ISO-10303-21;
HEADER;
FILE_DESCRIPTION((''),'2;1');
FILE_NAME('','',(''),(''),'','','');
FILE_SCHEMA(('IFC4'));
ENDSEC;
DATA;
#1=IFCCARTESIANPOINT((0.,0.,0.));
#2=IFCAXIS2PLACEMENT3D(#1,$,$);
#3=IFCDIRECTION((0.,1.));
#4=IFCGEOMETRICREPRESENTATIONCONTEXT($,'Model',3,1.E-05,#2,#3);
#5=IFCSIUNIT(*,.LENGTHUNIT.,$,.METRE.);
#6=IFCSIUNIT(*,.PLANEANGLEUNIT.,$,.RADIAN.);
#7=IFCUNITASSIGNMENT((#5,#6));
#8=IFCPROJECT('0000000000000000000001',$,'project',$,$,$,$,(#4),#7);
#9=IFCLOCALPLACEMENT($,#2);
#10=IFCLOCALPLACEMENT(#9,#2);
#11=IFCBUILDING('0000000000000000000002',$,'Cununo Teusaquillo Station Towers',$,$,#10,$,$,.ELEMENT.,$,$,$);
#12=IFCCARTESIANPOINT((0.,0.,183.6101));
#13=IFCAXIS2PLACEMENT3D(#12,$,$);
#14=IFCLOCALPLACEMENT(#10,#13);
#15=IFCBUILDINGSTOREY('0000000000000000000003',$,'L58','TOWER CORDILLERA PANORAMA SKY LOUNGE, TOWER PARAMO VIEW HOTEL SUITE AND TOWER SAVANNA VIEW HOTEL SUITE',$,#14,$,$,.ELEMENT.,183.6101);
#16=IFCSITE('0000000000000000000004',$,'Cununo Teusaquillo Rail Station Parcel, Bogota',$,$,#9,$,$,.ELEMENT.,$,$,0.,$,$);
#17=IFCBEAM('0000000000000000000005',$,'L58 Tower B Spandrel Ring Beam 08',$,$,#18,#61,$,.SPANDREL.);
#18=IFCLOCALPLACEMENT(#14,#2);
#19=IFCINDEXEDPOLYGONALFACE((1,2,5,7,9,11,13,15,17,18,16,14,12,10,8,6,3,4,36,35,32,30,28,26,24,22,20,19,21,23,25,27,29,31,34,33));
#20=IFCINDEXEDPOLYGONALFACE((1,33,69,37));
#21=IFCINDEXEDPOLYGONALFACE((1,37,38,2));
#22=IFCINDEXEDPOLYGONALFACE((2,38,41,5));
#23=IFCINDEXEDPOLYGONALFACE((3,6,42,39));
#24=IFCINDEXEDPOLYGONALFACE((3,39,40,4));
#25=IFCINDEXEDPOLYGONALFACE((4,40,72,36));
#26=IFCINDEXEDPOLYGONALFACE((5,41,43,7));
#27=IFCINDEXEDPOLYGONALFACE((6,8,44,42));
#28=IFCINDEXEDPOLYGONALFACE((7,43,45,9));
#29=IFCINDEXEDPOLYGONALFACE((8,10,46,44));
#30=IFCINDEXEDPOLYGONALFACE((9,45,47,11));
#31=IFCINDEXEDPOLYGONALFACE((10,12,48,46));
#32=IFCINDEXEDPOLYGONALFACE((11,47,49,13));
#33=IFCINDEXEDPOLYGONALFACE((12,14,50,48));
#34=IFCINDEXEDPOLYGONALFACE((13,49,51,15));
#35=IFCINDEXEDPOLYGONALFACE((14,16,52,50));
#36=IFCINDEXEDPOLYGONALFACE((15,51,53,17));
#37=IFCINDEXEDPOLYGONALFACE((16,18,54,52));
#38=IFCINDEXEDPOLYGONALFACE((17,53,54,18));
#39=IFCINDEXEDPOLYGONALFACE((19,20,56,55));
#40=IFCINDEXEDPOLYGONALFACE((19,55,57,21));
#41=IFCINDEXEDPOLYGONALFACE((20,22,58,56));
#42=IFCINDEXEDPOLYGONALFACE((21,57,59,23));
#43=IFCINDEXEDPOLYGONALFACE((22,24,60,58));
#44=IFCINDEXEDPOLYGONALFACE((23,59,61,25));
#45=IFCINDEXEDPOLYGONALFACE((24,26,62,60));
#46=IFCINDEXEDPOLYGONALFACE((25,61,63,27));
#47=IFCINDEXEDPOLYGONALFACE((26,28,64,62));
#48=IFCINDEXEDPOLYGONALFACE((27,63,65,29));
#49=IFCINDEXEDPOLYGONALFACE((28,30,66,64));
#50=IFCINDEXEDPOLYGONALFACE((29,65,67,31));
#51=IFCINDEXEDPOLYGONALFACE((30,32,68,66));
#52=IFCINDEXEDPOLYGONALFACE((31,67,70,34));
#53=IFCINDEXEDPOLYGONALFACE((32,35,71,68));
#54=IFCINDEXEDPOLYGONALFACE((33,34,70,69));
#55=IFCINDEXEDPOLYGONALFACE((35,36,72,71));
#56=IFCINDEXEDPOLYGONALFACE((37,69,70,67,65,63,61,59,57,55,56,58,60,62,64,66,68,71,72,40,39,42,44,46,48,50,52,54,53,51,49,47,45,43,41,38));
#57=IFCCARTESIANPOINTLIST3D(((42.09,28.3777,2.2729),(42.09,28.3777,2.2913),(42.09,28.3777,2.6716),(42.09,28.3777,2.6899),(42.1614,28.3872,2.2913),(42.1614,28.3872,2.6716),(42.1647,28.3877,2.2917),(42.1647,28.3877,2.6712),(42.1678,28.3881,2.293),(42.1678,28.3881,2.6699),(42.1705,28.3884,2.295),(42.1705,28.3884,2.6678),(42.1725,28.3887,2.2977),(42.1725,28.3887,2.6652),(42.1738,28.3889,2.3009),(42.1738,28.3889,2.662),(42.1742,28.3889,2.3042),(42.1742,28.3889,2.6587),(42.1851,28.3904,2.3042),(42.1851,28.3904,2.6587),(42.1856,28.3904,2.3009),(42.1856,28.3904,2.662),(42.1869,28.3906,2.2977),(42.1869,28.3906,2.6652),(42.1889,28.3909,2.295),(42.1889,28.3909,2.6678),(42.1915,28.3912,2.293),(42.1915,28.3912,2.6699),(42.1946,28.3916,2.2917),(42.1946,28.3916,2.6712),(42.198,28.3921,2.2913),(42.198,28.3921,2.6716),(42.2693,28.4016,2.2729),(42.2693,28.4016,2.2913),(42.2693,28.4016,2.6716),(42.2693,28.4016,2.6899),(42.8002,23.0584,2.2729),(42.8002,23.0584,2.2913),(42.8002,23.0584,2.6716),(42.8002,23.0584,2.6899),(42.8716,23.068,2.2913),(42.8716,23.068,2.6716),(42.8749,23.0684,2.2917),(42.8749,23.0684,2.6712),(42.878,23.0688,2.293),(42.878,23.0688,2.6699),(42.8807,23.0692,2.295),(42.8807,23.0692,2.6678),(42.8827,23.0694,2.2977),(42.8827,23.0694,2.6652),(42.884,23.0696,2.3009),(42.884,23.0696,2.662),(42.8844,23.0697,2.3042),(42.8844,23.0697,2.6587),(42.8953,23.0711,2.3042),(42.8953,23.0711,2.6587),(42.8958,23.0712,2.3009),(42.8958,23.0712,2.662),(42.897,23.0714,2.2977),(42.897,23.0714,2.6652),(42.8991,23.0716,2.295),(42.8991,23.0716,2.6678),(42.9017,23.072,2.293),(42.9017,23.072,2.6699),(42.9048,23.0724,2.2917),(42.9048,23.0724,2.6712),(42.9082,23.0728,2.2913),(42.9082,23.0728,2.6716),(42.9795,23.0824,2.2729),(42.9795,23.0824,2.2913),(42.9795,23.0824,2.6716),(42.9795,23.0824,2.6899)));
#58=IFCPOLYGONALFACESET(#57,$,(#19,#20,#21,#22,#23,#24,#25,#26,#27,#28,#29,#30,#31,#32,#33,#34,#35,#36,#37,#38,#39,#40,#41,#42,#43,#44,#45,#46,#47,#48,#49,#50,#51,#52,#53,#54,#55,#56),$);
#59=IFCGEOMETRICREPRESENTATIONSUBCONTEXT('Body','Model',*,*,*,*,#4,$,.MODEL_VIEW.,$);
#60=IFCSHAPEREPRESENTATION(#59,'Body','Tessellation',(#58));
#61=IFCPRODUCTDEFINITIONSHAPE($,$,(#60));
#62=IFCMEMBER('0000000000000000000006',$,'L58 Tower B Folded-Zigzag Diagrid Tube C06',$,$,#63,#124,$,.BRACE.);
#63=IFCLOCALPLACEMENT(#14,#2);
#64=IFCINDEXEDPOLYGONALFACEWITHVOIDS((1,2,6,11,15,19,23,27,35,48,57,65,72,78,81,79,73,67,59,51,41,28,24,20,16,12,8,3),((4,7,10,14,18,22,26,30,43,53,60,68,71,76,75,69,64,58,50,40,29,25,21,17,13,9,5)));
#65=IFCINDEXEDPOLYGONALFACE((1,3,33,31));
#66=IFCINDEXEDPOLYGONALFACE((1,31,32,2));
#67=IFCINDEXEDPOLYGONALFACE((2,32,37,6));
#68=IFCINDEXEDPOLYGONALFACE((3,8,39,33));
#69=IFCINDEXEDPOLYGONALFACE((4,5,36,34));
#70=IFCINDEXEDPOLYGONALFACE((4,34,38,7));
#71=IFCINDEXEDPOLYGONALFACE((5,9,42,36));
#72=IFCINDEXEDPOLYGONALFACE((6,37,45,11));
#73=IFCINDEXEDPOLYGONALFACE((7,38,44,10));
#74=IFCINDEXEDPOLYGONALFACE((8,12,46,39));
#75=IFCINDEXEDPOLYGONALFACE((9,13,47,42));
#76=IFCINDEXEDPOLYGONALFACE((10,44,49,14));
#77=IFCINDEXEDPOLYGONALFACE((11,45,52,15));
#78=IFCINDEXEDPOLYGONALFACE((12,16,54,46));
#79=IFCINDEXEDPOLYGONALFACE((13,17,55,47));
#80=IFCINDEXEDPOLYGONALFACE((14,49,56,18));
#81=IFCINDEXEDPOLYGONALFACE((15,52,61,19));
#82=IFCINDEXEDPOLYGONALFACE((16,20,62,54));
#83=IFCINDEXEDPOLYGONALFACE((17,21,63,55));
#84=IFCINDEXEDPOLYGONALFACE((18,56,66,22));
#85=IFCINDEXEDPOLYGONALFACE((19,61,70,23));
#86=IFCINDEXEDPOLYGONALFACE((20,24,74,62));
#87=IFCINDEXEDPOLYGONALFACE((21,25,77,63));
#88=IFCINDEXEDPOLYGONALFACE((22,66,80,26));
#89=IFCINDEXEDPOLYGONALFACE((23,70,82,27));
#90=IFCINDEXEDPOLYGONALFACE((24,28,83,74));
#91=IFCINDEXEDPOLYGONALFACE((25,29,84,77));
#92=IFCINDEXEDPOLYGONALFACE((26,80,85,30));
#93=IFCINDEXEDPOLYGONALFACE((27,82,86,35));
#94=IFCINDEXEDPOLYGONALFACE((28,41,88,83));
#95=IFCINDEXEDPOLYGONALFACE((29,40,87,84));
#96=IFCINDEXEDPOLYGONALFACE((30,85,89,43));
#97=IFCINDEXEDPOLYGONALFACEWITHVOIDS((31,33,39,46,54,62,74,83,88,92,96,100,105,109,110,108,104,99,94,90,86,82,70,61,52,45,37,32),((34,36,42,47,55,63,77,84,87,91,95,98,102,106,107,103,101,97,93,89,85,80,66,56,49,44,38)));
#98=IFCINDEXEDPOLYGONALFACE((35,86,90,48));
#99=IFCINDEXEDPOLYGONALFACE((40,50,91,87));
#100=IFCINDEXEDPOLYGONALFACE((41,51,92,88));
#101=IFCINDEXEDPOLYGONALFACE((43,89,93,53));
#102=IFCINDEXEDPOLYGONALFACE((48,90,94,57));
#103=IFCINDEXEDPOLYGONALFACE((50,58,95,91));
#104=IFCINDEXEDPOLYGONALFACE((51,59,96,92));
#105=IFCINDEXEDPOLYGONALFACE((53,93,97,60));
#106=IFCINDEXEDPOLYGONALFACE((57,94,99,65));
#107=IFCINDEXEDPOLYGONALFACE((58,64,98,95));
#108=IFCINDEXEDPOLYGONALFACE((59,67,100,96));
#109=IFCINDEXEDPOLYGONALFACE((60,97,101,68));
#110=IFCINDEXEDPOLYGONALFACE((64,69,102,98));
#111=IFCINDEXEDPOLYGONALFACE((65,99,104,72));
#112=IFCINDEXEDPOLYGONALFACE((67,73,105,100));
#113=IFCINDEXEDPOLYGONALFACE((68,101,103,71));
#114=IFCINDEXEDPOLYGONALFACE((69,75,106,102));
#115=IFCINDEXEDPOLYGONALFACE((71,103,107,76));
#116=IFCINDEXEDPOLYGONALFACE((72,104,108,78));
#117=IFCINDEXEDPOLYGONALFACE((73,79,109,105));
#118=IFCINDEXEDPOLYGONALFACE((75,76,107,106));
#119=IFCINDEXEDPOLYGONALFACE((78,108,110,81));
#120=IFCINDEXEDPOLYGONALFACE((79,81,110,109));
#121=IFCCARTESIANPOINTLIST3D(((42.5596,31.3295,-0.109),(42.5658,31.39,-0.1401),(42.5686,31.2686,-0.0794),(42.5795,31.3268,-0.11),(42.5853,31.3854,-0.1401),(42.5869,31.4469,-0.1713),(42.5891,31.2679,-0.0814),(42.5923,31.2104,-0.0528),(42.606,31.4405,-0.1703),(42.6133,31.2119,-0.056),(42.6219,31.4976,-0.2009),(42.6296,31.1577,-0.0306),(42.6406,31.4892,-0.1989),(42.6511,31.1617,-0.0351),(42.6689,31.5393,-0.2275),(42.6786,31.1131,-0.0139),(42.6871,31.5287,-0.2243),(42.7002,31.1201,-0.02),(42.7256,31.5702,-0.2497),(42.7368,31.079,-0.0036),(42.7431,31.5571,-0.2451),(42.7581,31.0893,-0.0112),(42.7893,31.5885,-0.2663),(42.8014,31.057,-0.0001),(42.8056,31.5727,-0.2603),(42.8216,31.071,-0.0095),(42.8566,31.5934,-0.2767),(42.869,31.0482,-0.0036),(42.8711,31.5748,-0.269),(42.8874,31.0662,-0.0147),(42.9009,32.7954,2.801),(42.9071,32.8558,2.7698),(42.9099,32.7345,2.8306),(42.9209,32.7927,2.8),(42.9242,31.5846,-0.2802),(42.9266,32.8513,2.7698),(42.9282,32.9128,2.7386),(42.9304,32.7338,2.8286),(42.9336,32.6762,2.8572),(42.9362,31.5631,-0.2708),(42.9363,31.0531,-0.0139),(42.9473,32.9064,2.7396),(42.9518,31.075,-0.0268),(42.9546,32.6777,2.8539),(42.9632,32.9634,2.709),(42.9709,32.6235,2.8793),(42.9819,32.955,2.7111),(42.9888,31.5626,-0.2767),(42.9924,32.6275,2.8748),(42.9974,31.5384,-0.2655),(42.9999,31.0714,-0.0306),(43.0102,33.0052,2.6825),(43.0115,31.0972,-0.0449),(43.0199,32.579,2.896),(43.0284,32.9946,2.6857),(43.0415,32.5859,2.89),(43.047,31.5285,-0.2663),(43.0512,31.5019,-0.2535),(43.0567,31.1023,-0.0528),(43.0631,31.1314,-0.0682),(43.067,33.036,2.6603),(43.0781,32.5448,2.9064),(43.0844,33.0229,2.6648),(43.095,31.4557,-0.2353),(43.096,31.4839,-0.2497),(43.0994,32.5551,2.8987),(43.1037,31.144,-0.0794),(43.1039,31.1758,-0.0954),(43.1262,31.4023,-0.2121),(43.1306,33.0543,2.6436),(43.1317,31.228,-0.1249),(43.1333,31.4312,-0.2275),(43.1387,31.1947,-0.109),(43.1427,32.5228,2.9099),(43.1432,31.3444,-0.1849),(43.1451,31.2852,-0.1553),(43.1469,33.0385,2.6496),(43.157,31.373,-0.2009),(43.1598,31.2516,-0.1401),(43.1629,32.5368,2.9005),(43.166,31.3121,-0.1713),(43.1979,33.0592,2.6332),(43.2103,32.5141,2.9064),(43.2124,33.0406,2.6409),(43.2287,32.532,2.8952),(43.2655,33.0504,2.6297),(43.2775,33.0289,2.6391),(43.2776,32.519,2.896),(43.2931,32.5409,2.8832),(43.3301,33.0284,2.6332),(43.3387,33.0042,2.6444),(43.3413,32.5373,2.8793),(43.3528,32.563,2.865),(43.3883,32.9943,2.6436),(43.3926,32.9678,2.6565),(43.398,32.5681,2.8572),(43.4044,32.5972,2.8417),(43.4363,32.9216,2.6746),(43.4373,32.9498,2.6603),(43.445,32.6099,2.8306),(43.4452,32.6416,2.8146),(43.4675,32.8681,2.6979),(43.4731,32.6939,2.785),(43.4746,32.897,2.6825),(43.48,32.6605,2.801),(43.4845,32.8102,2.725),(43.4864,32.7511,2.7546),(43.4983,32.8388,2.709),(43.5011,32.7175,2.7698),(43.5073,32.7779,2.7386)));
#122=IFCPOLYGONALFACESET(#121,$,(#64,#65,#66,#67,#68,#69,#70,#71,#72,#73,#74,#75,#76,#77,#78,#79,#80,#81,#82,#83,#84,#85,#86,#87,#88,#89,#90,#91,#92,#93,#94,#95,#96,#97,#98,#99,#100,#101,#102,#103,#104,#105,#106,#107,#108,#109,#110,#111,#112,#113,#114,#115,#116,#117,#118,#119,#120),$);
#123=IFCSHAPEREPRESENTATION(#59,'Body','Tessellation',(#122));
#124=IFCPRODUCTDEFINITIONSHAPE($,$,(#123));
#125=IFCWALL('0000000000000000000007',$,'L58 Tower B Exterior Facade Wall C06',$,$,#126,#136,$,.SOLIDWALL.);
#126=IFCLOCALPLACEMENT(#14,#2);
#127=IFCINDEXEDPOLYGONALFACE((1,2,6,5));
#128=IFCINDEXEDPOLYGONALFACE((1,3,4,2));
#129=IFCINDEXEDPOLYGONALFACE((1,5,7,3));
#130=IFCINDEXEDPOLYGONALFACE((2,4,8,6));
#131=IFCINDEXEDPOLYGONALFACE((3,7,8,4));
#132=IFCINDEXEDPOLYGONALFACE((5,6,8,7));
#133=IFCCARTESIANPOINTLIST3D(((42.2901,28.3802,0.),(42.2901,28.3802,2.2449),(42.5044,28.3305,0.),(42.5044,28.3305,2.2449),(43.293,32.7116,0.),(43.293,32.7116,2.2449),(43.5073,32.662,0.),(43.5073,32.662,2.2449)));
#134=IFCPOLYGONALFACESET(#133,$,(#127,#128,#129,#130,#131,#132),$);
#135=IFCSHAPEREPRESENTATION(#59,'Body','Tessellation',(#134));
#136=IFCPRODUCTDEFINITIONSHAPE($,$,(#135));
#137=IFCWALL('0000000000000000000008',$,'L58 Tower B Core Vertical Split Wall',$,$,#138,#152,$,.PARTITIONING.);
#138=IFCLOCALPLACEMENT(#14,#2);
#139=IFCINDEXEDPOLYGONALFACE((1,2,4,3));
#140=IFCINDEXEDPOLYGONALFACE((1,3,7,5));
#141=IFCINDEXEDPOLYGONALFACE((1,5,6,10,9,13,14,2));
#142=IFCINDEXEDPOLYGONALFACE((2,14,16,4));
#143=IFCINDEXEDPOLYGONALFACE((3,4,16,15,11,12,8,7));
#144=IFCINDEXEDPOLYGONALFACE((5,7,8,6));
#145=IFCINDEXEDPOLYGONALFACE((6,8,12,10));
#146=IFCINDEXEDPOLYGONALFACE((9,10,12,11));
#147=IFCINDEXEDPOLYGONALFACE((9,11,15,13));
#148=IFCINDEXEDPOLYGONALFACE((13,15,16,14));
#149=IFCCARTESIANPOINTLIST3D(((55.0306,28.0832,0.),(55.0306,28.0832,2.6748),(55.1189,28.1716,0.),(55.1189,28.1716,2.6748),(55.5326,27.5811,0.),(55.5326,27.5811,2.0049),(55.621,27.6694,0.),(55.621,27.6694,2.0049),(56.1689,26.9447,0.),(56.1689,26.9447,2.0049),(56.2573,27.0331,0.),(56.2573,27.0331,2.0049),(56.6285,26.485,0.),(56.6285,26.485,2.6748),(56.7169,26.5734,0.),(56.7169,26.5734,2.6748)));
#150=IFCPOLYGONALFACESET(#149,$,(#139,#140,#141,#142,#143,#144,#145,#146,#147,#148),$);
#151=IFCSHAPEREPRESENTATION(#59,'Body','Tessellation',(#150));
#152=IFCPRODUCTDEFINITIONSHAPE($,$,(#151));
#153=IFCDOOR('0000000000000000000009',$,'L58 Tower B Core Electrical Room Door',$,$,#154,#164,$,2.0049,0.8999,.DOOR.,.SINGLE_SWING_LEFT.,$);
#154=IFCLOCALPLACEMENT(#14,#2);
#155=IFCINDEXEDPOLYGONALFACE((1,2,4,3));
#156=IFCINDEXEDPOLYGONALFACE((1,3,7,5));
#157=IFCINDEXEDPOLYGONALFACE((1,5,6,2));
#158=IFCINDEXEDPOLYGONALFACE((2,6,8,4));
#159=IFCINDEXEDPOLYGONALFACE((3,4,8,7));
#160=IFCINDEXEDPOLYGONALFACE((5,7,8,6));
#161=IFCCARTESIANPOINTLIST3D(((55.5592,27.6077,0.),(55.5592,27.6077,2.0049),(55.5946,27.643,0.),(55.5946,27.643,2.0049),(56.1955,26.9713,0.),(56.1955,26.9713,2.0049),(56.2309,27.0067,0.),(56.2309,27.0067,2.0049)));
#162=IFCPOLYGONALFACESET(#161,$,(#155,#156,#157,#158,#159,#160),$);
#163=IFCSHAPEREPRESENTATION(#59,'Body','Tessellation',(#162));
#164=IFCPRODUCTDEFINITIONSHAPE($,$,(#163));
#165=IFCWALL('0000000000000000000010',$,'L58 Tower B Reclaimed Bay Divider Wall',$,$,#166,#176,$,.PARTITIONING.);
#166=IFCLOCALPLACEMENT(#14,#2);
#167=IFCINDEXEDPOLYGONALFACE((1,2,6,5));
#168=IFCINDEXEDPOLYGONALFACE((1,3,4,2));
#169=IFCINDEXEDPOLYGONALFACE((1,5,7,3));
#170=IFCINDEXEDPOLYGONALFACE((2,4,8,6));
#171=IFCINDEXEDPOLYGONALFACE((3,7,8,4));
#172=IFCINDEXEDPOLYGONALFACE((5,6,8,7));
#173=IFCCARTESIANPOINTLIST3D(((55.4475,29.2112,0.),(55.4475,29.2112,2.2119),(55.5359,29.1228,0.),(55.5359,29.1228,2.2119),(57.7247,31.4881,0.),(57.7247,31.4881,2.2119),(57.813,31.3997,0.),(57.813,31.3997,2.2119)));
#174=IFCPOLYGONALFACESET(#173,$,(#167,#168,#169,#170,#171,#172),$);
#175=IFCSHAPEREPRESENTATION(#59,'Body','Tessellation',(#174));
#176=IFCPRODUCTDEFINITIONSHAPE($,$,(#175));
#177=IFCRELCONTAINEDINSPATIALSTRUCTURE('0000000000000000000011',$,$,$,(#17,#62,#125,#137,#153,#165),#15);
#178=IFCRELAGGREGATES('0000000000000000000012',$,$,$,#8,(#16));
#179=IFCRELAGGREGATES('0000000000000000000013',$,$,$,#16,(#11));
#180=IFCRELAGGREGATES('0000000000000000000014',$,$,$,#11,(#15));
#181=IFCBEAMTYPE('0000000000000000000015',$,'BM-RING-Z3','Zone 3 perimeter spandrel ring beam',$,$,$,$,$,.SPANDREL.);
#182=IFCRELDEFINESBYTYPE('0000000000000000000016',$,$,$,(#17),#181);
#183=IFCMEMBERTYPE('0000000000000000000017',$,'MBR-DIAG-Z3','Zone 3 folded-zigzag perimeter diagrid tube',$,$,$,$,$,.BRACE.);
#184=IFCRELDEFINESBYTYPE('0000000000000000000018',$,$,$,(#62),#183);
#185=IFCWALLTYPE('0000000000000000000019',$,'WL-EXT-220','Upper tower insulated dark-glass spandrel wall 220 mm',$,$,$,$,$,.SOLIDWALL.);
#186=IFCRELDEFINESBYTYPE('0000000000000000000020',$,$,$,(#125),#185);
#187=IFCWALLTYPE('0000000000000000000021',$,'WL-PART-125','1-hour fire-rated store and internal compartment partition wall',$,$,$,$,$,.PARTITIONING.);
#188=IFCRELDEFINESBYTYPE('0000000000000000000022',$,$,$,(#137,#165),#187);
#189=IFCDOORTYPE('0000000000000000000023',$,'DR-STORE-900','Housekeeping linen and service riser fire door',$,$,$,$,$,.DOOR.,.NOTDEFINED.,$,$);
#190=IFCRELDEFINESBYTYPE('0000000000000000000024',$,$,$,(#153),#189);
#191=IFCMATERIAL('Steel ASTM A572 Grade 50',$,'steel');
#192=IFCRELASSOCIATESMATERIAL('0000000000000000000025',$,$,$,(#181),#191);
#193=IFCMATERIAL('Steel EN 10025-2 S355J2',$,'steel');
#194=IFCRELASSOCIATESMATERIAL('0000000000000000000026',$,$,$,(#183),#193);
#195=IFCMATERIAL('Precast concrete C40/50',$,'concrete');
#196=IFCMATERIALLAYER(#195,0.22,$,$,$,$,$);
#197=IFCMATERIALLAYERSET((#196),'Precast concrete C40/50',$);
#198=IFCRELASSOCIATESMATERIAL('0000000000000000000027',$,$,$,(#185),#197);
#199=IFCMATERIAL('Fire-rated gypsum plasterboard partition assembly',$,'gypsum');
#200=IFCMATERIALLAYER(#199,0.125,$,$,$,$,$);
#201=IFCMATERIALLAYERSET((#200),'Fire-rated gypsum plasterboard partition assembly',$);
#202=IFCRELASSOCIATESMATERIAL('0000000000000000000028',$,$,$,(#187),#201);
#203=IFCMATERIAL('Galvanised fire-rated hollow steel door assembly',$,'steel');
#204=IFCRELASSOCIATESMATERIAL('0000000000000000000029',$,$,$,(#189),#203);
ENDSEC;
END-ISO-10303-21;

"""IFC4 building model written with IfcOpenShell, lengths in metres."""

from ifc_helpers import new_model, si_unit, direction, frame, frame_2d, origin, origin_2d, place, context, subcontext, project, spatial, rectangle, hollow_circle, i_section, extrude, source, transform, mapped, material, layer, layer_set, material_profile, profile_set, type_object, element, fill, save


model = new_model("IFC4")

# Units and contexts
model_context = context("Model", 3, precision=1e-05, world=origin(), true_north=direction((0.0, 1.0)))
body_context = subcontext(model_context, "Body", "Model", "MODEL_VIEW")
ifc_project = project(units=[si_unit("LENGTHUNIT", "METRE"), si_unit("PLANEANGLEUNIT", "RADIAN")], contexts=[model_context])

# Site, building, storey
site_placement = place(None, origin())
site = spatial("IfcSite", under=ifc_project, at=site_placement, Name="Cununo Teusaquillo Rail Station Parcel, Bogota", CompositionType="ELEMENT", RefElevation=0.0)
building_placement = place(site_placement, origin())
building = spatial("IfcBuilding", under=site, at=building_placement, Name="Cununo Teusaquillo Station Towers", CompositionType="ELEMENT")
storey_placement = place(building_placement, frame((0.0, 0.0, 183.6101)))
storey = spatial("IfcBuildingStorey", under=building, at=storey_placement, Name="L58", Description="TOWER CORDILLERA PANORAMA SKY LOUNGE, TOWER PARAMO VIEW HOTEL SUITE AND TOWER SAVANNA VIEW HOTEL SUITE", CompositionType="ELEMENT", Elevation=183.6101)

# Beam
ifc_material_1 = material(Name="Steel ASTM A572 Grade 50", Category="steel")
ifc_material_profile_1 = material_profile(ifc_material_1, i_section(OverallWidth=0.1809, OverallDepth=0.417, WebThickness=0.011, FlangeThickness=0.0183, FilletRadius=0.0129, at=origin_2d()), Name="W16X57")
ifc_profile_set_1 = profile_set([ifc_material_profile_1], Name="Steel ASTM A572 Grade 50")
beam_type_1 = type_object("IfcBeamType", Name="BM-RING-Z3", Description="Zone 3 perimeter spandrel ring beam", PredefinedType="SPANDREL", material=ifc_profile_set_1)
beam_1_placement = place(storey_placement, frame((42.1797, 28.3896, 2.4814), z_axis=(0.13234, -0.991204, 0.0), x_axis=(0.991204, 0.13234, 0.0)))
element("IfcBeam", 1, at=beam_1_placement, inside=storey, type_object=beam_type_1, Name="L58 Tower B Spandrel Ring Beam 08", PredefinedType="SPANDREL", context=body_context, shape_type="SweptSolid", body=[
    extrude(i_section(OverallWidth=0.1809, OverallDepth=0.417, WebThickness=0.011, FlangeThickness=0.0183, FilletRadius=0.0129, at=origin_2d()), origin(), (0.0, 0.0, 1.0), 5.3665),
])

# Member
ifc_material_2 = material(Name="Steel EN 10025-2 S355J2", Category="steel")
ifc_material_profile_2 = material_profile(ifc_material_2, hollow_circle(Radius=0.3049, WallThickness=0.02, at=origin_2d()), Name="CHS 610x20")
ifc_profile_set_2 = profile_set([ifc_material_profile_2], Name="Steel EN 10025-2 S355J2")
member_type = type_object("IfcMemberType", Name="MBR-DIAG-Z3", Description="Zone 3 folded-zigzag perimeter diagrid tube", PredefinedType="BRACE", material=ifc_profile_set_2)
member_placement = place(storey_placement, frame((42.8628, 31.3208, -0.1401), z_axis=(0.104182, 0.447431, 0.888229), x_axis=(-0.973946, 0.226778, 0.0)))
element("IfcMember", 2, at=member_placement, inside=storey, type_object=member_type, Name="L58 Tower B Folded-Zigzag Diagrid Tube C06", PredefinedType="BRACE", context=body_context, shape_type="SweptSolid", body=[
    extrude(hollow_circle(Radius=0.3049, WallThickness=0.02, at=origin_2d()), origin(), (0.0, 0.0, 1.0), 3.2761),
])

# Wall
ifc_material_3 = material(Name="Precast concrete C40/50", Category="concrete")
ifc_layer_1 = layer(ifc_material_3, 0.22)
ifc_layer_set_1 = layer_set([ifc_layer_1], Name="Precast concrete C40/50")
wall_type_1 = type_object("IfcWallType", Name="WL-EXT-220", Description="Upper tower insulated dark-glass spandrel wall 220 mm", PredefinedType="SOLIDWALL", material=ifc_layer_set_1)
wall_1_placement = place(storey_placement, frame((42.3972, 28.3552, 0.0), z_axis=(0.0, 0.0, 1.0), x_axis=(0.225573, 0.974226, 0.0)))
element("IfcWall", 3, at=wall_1_placement, inside=storey, type_object=wall_type_1, Name="L58 Tower B Exterior Facade Wall C06", PredefinedType="SOLIDWALL", context=body_context, shape_type="SweptSolid", body=[
    extrude(rectangle(XDim=4.446, YDim=0.22, at=frame_2d((2.2231, 0.0))), origin(), (0.0, 0.0, 1.0), 2.2449),
])

# Wall, opening, door
ifc_material_4 = material(Name="Fire-rated gypsum plasterboard partition assembly", Category="gypsum")
ifc_layer_2 = layer(ifc_material_4, 0.125)
ifc_layer_set_2 = layer_set([ifc_layer_2], Name="Fire-rated gypsum plasterboard partition assembly")
wall_type_2 = type_object("IfcWallType", Name="WL-PART-125", Description="1-hour fire-rated store and internal compartment partition wall", PredefinedType="PARTITIONING", material=ifc_layer_set_2)
wall_2_placement = place(storey_placement, frame((56.6726, 26.5293, 0.0), z_axis=(0.0, 0.0, 1.0), x_axis=(-0.707053, 0.707161, 0.0)))
wall_2 = element("IfcWall", 4, at=wall_2_placement, inside=storey, type_object=wall_type_2, Name="L58 Tower B Core Vertical Split Wall", PredefinedType="PARTITIONING", context=body_context, shape_type="SweptSolid", body=[
    extrude(rectangle(XDim=2.26, YDim=0.125, at=frame_2d((1.1299, 0.0))), origin(), (0.0, 0.0, 1.0), 2.6748),
])
shared_shape_1 = source(origin(), body_context, "Body", "SweptSolid", [
    extrude(rectangle(XDim=0.8999, YDim=2.0049, at=frame_2d((0.45, 1.0024))), frame((0.0, 0.0725, 0.0), z_axis=(0.0, -1.0, 0.0), x_axis=(1.0, 0.0, 0.0)), (0.0, 0.0, 1.0), 0.145),
])
opening_1_placement = place(wall_2_placement, frame((0.6499, 0.0, 0.0)))
opening_1 = element("IfcOpeningElement", 5, at=opening_1_placement, cuts=wall_2, PredefinedType="OPENING", context=body_context, shape_type="MappedRepresentation", body=[
    mapped(shared_shape_1, transform((0.0, 0.0, 0.0), x_axis=(1.0, 0.0, 0.0), y_axis=(0.0, 1.0, 0.0), z_axis=(0.0, 0.0, 1.0), scale=1.0)),
])
ifc_material_5 = material(Name="Galvanised fire-rated hollow steel door assembly", Category="steel")
door_type_1 = type_object("IfcDoorType", Name="DR-STORE-900", Description="Housekeeping linen and service riser fire door", OperationType="NOTDEFINED", PredefinedType="DOOR", material=ifc_material_5)
shared_shape_2 = source(origin(), body_context, "Body", "SweptSolid", [
    extrude(rectangle(XDim=0.8999, YDim=2.0049, at=frame_2d((0.45, 1.0024))), frame((0.0, 0.0249, 0.0), z_axis=(0.0, -1.0, 0.0), x_axis=(1.0, 0.0, 0.0)), (0.0, 0.0, 1.0), 0.05),
])
door_1_placement = place(opening_1_placement, origin())
door_1 = element("IfcDoor", 6, at=door_1_placement, inside=storey, type_object=door_type_1, Name="L58 Tower B Core Electrical Room Door", OperationType="SINGLE_SWING_LEFT", OverallHeight=2.0049, OverallWidth=0.8999, PredefinedType="DOOR", context=body_context, shape_type="MappedRepresentation", body=[
    mapped(shared_shape_2, transform((0.0, 0.0, 0.0), x_axis=(1.0, 0.0, 0.0), y_axis=(0.0, 1.0, 0.0), z_axis=(0.0, 0.0, 1.0), scale=1.0)),
])
fill(opening_1, door_1)

# Wall
wall_3_placement = place(storey_placement, frame((55.4917, 29.167, 0.0), z_axis=(0.0, 0.0, 1.0), x_axis=(0.707145, 0.707069, 0.0)))
element("IfcWall", 7, at=wall_3_placement, inside=storey, type_object=wall_type_2, Name="L58 Tower B Reclaimed Bay Divider Wall", PredefinedType="PARTITIONING", context=body_context, shape_type="SweptSolid", body=[
    extrude(rectangle(XDim=3.2202, YDim=0.125, at=frame_2d((1.6101, 0.0))), origin(), (0.0, 0.0, 1.0), 2.2119),
])

save(model, "model.ifc")
